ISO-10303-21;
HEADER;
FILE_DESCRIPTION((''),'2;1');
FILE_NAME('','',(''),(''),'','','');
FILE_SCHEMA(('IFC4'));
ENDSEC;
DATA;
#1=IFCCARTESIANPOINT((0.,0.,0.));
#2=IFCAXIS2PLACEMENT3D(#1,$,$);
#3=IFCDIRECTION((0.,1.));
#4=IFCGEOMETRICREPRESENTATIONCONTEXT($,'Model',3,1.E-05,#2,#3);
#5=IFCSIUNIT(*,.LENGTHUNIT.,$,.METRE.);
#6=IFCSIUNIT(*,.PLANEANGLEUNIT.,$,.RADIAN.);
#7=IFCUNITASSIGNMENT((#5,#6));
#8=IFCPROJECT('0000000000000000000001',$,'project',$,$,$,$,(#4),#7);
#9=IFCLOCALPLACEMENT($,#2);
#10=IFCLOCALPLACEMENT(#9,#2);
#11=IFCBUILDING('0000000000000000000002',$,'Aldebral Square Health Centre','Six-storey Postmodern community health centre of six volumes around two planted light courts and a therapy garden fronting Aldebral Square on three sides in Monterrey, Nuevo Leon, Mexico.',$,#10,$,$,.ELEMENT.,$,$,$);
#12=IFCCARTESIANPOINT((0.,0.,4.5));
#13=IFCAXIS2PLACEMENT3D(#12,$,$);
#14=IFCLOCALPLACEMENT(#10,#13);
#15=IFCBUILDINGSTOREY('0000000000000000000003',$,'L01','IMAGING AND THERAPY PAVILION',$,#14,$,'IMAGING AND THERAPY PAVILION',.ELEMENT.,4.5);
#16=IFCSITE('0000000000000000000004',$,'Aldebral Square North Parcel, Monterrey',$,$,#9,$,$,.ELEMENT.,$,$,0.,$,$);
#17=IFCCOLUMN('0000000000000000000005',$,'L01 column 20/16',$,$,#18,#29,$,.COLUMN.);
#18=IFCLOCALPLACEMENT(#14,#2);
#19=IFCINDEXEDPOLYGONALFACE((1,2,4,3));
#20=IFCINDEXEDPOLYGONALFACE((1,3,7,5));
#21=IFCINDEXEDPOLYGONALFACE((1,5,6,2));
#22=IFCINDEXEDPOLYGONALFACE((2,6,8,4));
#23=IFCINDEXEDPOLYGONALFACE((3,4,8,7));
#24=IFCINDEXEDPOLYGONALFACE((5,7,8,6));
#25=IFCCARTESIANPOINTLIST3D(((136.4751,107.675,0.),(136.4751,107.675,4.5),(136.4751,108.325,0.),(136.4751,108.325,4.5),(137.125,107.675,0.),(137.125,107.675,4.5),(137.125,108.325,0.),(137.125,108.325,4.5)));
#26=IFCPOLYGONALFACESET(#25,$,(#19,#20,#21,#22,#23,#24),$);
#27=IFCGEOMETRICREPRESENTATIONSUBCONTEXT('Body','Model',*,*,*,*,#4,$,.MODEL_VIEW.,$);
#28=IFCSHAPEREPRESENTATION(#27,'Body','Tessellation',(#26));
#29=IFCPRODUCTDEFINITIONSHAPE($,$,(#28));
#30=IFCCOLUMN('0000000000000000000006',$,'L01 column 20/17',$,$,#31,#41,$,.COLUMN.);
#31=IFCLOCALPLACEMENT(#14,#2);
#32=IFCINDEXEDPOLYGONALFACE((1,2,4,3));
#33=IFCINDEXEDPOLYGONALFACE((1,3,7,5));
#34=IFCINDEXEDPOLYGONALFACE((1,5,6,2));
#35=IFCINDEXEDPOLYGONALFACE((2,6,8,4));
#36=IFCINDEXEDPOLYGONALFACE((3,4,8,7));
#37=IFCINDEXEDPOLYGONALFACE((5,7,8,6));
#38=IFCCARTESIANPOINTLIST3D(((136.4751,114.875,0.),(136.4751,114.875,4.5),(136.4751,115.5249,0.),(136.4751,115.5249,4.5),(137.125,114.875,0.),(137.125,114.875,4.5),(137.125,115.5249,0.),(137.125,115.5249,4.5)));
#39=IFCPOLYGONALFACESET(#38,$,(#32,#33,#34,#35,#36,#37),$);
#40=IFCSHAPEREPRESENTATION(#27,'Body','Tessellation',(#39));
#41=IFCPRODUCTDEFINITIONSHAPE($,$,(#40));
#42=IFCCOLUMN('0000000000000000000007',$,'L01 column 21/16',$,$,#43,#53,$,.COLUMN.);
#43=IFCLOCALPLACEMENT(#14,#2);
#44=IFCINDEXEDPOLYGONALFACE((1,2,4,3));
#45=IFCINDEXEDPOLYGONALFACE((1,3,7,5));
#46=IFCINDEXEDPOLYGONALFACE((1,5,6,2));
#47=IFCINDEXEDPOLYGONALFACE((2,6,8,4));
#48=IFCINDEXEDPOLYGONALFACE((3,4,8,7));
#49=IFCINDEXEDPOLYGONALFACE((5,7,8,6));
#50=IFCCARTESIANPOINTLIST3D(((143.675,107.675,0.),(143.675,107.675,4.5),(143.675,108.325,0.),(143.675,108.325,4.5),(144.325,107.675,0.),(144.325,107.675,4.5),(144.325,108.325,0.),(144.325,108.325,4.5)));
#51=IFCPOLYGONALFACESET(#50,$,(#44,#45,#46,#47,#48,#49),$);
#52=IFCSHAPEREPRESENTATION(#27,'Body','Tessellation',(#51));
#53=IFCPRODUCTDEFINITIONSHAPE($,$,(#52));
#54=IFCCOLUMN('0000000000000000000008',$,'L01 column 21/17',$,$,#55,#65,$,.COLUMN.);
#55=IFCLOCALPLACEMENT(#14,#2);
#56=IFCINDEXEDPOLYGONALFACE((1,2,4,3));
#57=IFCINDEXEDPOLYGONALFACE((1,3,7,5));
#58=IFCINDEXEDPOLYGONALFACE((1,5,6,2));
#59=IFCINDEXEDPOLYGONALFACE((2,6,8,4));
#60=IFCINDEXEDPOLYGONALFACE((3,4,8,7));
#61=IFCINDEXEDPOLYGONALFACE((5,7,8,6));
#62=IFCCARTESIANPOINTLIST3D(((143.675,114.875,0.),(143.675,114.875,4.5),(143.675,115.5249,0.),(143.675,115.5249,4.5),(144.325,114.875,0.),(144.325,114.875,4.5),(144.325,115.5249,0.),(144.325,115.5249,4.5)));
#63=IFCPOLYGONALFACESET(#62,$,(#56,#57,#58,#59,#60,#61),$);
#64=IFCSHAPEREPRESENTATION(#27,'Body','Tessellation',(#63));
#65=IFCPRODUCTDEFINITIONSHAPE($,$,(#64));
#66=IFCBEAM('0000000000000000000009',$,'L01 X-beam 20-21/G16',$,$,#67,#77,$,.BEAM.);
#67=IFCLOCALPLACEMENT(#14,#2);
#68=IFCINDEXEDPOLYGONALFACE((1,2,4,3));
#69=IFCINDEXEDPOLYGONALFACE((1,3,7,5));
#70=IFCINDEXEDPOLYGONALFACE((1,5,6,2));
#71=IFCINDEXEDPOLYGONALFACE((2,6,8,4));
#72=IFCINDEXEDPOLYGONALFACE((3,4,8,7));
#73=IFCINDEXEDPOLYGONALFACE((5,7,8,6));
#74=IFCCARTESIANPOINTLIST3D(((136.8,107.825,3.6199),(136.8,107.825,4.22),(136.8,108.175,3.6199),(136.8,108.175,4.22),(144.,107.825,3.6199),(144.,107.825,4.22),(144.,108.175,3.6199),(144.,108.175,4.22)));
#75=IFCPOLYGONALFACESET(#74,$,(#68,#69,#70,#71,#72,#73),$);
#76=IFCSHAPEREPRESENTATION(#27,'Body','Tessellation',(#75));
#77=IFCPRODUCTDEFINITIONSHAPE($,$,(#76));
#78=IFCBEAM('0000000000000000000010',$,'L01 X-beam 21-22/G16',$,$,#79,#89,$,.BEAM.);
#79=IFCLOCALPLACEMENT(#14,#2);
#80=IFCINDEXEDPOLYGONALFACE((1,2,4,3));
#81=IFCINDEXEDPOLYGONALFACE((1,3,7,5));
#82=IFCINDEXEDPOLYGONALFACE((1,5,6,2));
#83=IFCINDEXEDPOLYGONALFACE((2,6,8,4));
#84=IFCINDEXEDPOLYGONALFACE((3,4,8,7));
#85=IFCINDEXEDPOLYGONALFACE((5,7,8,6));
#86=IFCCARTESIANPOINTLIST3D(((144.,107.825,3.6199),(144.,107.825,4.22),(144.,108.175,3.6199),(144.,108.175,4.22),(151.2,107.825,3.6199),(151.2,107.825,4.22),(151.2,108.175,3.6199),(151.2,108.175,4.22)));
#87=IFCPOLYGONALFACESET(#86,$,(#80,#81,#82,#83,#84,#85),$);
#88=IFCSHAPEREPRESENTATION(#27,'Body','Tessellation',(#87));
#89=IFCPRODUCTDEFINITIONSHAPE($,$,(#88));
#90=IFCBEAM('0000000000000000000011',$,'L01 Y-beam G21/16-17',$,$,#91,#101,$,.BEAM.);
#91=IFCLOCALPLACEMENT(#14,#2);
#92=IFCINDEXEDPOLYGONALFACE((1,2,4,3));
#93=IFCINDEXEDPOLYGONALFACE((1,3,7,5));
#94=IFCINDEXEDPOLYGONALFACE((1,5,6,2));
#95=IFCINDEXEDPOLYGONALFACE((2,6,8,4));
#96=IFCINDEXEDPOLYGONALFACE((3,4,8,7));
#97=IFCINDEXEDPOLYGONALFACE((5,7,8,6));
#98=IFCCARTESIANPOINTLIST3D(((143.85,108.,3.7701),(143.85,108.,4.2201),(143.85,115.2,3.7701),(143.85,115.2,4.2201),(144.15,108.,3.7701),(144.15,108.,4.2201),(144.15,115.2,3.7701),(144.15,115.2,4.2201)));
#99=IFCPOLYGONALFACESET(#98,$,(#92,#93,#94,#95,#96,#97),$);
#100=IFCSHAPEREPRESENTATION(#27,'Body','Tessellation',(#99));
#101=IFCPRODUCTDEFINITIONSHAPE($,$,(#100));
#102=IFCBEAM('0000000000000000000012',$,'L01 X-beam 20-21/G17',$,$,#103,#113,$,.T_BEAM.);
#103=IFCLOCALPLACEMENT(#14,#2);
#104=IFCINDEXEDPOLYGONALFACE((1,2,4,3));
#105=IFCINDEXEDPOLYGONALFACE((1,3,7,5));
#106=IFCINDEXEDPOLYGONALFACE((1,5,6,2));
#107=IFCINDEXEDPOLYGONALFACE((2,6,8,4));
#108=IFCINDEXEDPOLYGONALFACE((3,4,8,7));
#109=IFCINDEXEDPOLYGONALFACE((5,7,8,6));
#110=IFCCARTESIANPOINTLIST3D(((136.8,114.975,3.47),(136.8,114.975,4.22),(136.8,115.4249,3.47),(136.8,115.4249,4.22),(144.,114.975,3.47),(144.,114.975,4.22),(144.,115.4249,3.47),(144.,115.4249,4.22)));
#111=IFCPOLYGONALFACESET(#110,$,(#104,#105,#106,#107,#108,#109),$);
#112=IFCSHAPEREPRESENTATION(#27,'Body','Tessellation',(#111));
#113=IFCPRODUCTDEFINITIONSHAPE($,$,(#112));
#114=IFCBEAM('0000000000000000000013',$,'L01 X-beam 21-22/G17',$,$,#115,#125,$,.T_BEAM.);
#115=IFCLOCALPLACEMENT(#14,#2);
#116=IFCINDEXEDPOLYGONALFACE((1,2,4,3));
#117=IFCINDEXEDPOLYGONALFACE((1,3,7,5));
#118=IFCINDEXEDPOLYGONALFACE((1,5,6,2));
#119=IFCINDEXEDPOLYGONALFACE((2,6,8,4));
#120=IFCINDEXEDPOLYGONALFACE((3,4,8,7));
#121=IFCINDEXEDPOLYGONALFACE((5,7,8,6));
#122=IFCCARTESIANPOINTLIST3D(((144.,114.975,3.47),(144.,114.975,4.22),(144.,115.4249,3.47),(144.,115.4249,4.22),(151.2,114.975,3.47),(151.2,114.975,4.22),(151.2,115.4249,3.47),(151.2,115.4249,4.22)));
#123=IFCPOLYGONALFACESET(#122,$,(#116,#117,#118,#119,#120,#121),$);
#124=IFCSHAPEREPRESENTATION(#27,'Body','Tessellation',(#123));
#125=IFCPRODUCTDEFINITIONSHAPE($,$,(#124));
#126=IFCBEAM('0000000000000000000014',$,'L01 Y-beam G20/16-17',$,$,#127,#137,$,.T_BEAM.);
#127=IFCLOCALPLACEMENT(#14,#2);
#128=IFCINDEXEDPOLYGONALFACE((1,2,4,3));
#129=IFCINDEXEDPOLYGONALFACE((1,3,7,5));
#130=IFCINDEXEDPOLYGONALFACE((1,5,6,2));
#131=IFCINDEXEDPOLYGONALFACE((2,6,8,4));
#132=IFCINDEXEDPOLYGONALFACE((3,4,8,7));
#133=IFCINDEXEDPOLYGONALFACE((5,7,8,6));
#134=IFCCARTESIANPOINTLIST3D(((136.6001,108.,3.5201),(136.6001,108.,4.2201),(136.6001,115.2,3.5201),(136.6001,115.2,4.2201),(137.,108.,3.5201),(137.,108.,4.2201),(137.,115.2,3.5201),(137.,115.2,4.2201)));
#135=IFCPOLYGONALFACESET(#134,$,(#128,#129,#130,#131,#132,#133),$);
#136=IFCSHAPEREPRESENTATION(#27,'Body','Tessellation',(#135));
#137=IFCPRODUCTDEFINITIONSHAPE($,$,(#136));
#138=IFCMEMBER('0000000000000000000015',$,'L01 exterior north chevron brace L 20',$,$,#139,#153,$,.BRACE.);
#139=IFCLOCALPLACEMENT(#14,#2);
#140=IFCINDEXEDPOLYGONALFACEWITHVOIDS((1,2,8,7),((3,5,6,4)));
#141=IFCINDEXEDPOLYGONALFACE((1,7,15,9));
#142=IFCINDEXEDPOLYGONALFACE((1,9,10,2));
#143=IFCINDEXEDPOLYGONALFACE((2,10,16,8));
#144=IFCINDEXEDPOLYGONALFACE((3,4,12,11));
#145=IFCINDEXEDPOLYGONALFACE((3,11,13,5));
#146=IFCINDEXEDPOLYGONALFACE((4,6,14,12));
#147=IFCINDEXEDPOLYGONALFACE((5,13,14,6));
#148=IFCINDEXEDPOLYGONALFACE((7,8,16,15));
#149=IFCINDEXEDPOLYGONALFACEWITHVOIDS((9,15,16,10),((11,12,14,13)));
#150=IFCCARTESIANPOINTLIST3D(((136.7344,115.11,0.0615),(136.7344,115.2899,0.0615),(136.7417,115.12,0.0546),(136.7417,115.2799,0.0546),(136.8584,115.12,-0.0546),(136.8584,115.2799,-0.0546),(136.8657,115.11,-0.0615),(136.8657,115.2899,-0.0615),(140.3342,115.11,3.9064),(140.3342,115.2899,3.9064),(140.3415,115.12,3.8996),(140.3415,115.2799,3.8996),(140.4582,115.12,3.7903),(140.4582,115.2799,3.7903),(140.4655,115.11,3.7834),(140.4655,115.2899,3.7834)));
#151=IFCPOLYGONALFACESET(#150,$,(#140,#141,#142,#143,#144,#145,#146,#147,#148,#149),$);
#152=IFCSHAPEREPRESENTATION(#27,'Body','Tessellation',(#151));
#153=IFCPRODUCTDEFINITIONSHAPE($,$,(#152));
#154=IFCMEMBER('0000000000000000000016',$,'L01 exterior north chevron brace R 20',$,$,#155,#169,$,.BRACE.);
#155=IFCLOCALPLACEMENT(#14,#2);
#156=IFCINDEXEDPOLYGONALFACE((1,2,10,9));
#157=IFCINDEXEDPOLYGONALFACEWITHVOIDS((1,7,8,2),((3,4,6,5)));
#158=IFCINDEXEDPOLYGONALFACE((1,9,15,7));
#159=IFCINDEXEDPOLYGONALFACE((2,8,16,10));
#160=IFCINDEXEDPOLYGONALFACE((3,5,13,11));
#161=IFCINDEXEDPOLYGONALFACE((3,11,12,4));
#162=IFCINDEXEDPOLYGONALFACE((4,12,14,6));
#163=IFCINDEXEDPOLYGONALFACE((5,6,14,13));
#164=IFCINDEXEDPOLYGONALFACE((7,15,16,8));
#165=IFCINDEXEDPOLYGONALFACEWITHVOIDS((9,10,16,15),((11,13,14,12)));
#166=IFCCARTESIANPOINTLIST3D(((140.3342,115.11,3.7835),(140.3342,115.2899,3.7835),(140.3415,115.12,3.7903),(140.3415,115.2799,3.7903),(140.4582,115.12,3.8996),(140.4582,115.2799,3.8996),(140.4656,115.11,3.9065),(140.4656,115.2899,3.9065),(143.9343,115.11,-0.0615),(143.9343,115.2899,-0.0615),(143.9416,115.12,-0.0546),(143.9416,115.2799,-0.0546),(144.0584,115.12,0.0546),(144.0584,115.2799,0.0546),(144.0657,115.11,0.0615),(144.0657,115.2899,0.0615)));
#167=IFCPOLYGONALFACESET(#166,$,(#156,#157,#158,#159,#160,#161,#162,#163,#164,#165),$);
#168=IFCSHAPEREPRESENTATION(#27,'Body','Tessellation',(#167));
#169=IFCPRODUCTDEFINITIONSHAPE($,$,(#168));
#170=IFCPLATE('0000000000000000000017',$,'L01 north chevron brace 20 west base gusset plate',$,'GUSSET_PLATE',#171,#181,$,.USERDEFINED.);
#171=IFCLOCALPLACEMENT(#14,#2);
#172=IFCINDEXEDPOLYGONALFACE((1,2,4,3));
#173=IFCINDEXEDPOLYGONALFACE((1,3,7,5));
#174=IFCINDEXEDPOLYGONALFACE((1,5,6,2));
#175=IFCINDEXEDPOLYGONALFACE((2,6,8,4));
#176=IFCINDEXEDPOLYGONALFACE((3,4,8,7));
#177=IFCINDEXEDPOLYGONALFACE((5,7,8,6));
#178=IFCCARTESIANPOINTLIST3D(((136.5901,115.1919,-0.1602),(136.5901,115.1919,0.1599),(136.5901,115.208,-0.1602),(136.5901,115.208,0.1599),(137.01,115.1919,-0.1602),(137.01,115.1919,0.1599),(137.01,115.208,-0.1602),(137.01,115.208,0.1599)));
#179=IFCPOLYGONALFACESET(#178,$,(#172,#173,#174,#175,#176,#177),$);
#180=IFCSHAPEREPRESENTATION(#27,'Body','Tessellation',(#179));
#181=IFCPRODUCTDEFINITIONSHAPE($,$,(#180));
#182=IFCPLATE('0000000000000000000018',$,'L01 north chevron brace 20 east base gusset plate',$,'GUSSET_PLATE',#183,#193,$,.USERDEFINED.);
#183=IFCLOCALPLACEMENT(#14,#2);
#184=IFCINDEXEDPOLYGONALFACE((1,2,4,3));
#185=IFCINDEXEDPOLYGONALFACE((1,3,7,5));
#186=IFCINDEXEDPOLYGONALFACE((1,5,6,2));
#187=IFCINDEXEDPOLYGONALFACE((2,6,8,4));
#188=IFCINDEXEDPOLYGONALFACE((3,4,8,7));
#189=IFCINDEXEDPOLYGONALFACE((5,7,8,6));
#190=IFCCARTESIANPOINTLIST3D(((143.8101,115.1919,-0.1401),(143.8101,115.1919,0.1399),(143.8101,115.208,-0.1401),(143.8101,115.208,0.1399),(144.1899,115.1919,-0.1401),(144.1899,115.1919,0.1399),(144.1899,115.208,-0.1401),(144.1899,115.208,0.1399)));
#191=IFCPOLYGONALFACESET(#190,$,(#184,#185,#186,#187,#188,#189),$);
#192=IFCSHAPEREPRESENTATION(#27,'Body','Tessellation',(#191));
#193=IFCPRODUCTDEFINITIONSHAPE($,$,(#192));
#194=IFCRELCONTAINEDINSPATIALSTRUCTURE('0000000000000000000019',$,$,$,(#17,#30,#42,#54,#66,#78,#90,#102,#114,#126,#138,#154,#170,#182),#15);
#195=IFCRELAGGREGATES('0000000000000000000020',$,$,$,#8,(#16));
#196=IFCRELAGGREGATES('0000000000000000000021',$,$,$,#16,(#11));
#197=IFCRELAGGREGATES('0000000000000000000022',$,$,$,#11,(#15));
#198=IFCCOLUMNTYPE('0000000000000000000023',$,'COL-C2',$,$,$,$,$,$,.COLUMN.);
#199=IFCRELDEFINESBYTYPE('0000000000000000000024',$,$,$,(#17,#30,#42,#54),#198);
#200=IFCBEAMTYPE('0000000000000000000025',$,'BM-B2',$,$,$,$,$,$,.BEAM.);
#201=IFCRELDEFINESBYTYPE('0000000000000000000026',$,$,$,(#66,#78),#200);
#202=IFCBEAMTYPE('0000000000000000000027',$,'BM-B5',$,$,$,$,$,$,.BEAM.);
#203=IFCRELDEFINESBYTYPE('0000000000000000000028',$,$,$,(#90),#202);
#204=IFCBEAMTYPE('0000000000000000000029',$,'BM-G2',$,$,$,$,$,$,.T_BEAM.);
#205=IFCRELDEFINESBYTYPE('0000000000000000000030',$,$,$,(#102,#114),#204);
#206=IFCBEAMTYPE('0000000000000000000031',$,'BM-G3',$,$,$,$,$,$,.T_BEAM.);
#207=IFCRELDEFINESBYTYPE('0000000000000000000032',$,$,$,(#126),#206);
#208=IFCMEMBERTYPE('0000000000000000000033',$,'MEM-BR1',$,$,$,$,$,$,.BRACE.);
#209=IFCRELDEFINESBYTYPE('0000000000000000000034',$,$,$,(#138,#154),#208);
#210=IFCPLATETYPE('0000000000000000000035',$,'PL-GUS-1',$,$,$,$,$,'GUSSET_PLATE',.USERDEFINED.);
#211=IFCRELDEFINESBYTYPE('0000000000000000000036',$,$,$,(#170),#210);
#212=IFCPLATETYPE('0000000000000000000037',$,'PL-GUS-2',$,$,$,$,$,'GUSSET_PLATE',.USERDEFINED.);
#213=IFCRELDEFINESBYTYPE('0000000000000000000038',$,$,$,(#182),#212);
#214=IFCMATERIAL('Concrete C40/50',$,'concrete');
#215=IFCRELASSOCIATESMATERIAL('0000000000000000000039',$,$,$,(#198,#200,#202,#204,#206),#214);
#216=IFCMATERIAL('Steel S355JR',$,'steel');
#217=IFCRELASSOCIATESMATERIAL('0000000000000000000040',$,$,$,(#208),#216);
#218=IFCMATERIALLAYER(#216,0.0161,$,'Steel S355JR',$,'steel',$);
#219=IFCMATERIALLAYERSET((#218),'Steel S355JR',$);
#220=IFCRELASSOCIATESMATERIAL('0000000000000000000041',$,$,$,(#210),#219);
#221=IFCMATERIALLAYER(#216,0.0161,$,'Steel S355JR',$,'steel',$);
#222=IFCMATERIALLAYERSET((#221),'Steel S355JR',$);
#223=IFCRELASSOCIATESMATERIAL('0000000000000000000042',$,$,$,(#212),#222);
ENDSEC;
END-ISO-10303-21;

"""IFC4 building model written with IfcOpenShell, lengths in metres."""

from ifc_helpers import new_model, si_unit, direction, frame, origin, origin_2d, place, context, subcontext, project, spatial, rectangle, hollow_rectangle, extrude, material, layer, layer_set, material_profile, profile_set, type_object, element, save


model = new_model("IFC4")

# Units and contexts
model_context = context("Model", 3, precision=1e-05, world=origin(), true_north=direction((0.0, 1.0)))
body_context = subcontext(model_context, "Body", "Model", "MODEL_VIEW")
ifc_project = project(units=[si_unit("LENGTHUNIT", "METRE"), si_unit("PLANEANGLEUNIT", "RADIAN")], contexts=[model_context])

# Site, building, storey
site_placement = place(None, origin())
site = spatial("IfcSite", under=ifc_project, at=site_placement, Name="Aldebral Square North Parcel, Monterrey", CompositionType="ELEMENT", RefElevation=0.0)
building_placement = place(site_placement, origin())
building = spatial("IfcBuilding", under=site, at=building_placement, Name="Aldebral Square Health Centre", Description="Six-storey Postmodern community health centre of six volumes around two planted light courts and a therapy garden fronting Aldebral Square on three sides in Monterrey, Nuevo Leon, Mexico.", CompositionType="ELEMENT")
storey_placement = place(building_placement, frame((0.0, 0.0, 4.5)))
storey = spatial("IfcBuildingStorey", under=building, at=storey_placement, Name="L01", Description="IMAGING AND THERAPY PAVILION", LongName="IMAGING AND THERAPY PAVILION", CompositionType="ELEMENT", Elevation=4.5)

# Columns
ifc_material_1 = material(Name="Concrete C40/50", Category="concrete")
ifc_material_profile_1 = material_profile(ifc_material_1, rectangle(XDim=0.6499, YDim=0.6499, at=origin_2d()), Name="RC 650x650")
ifc_profile_set_1 = profile_set([ifc_material_profile_1], Name="Concrete C40/50")
column_type = type_object("IfcColumnType", Name="COL-C2", PredefinedType="COLUMN", material=ifc_profile_set_1)
for number, where, z_axis, x_axis, name in (
    (1, (136.8, 108.0, 0.0), (0.0, 0.0, 1.0), (1.0, 0.0, 0.0), "L01 column 20/16"),
    (2, (136.8, 115.2, 0.0), (0.0, 0.0, 1.0), (1.0, 0.0, 0.0), "L01 column 20/17"),
    (3, (144.0, 108.0, 0.0), (0.0, 0.0, 1.0), (1.0, 0.0, 0.0), "L01 column 21/16"),
    (4, (144.0, 115.2, 0.0), (0.0, 0.0, 1.0), (1.0, 0.0, 0.0), "L01 column 21/17"),
):
    element("IfcColumn", number, at=place(storey_placement, frame(where, z_axis=z_axis, x_axis=x_axis)), inside=storey, type_object=column_type, Name=name, PredefinedType="COLUMN", context=body_context, shape_type="SweptSolid", body=[
        extrude(rectangle(XDim=0.6499, YDim=0.6499, at=origin_2d()), origin(), (0.0, 0.0, 1.0), 4.5),
    ])

# Beams
ifc_material_profile_2 = material_profile(ifc_material_1, rectangle(XDim=0.3501, YDim=0.6001, at=origin_2d()), Name="RC 350x600")
ifc_profile_set_2 = profile_set([ifc_material_profile_2], Name="Concrete C40/50")
beam_type_1 = type_object("IfcBeamType", Name="BM-B2", PredefinedType="BEAM", material=ifc_profile_set_2)
for number, where, z_axis, x_axis, name in (
    (5, (136.8, 108.0, 3.9199), (1.0, 0.0, 0.0), (0.0, 1.0, 0.0), "L01 X-beam 20-21/G16"),
    (6, (144.0, 108.0, 3.9199), (1.0, 0.0, 0.0), (0.0, 1.0, 0.0), "L01 X-beam 21-22/G16"),
):
    element("IfcBeam", number, at=place(storey_placement, frame(where, z_axis=z_axis, x_axis=x_axis)), inside=storey, type_object=beam_type_1, Name=name, PredefinedType="BEAM", context=body_context, shape_type="SweptSolid", body=[
        extrude(rectangle(XDim=0.3501, YDim=0.6001, at=origin_2d()), origin(), (0.0, 0.0, 1.0), 7.2),
    ])
ifc_material_profile_3 = material_profile(ifc_material_1, rectangle(XDim=0.3, YDim=0.45, at=origin_2d()), Name="RC 300x450")
ifc_profile_set_3 = profile_set([ifc_material_profile_3], Name="Concrete C40/50")
beam_type_2 = type_object("IfcBeamType", Name="BM-B5", PredefinedType="BEAM", material=ifc_profile_set_3)
beam_1_placement = place(storey_placement, frame((144.0, 108.0, 3.9951), z_axis=(0.0, 1.0, 0.0), x_axis=(-1.0, 0.0, 0.0)))
element("IfcBeam", 7, at=beam_1_placement, inside=storey, type_object=beam_type_2, Name="L01 Y-beam G21/16-17", PredefinedType="BEAM", context=body_context, shape_type="SweptSolid", body=[
    extrude(rectangle(XDim=0.3, YDim=0.45, at=origin_2d()), origin(), (0.0, 0.0, 1.0), 7.2),
])
ifc_material_profile_4 = material_profile(ifc_material_1, rectangle(XDim=0.45, YDim=0.75, at=origin_2d()), Name="RC 450x750")
ifc_profile_set_4 = profile_set([ifc_material_profile_4], Name="Concrete C40/50")
beam_type_3 = type_object("IfcBeamType", Name="BM-G2", PredefinedType="T_BEAM", material=ifc_profile_set_4)
for number, where, z_axis, x_axis, name in (
    (8, (136.8, 115.2, 3.845), (1.0, 0.0, 0.0), (0.0, 1.0, 0.0), "L01 X-beam 20-21/G17"),
    (9, (144.0, 115.2, 3.845), (1.0, 0.0, 0.0), (0.0, 1.0, 0.0), "L01 X-beam 21-22/G17"),
):
    element("IfcBeam", number, at=place(storey_placement, frame(where, z_axis=z_axis, x_axis=x_axis)), inside=storey, type_object=beam_type_3, Name=name, PredefinedType="T_BEAM", context=body_context, shape_type="SweptSolid", body=[
        extrude(rectangle(XDim=0.45, YDim=0.75, at=origin_2d()), origin(), (0.0, 0.0, 1.0), 7.2),
    ])
ifc_material_profile_5 = material_profile(ifc_material_1, rectangle(XDim=0.3999, YDim=0.7, at=origin_2d()), Name="RC 400x700")
ifc_profile_set_5 = profile_set([ifc_material_profile_5], Name="Concrete C40/50")
beam_type_4 = type_object("IfcBeamType", Name="BM-G3", PredefinedType="T_BEAM", material=ifc_profile_set_5)
beam_2_placement = place(storey_placement, frame((136.8, 108.0, 3.8701), z_axis=(0.0, 1.0, 0.0), x_axis=(-1.0, 0.0, 0.0)))
element("IfcBeam", 10, at=beam_2_placement, inside=storey, type_object=beam_type_4, Name="L01 Y-beam G20/16-17", PredefinedType="T_BEAM", context=body_context, shape_type="SweptSolid", body=[
    extrude(rectangle(XDim=0.3999, YDim=0.7, at=origin_2d()), origin(), (0.0, 0.0, 1.0), 7.2),
])

# Members
ifc_material_2 = material(Name="Steel S355JR", Category="steel")
ifc_material_profile_6 = material_profile(ifc_material_2, hollow_rectangle(XDim=0.1799, YDim=0.1799, WallThickness=0.01, at=origin_2d()), Name="180x180x10 SHS")
ifc_profile_set_6 = profile_set([ifc_material_profile_6], Name="Steel S355JR")
member_type = type_object("IfcMemberType", Name="MEM-BR1", PredefinedType="BRACE", material=ifc_profile_set_6)
member_1_placement = place(storey_placement, frame((136.8, 115.2, 0.0), z_axis=(0.683455, 0.0, 0.729992), x_axis=(0.0, 1.0, 0.0)))
element("IfcMember", 11, at=member_1_placement, inside=storey, type_object=member_type, Name="L01 exterior north chevron brace L 20", PredefinedType="BRACE", context=body_context, shape_type="SweptSolid", body=[
    extrude(hollow_rectangle(XDim=0.1799, YDim=0.1799, WallThickness=0.01, at=origin_2d()), origin(), (0.0, 0.0, 1.0), 5.2671),
])
member_2_placement = place(storey_placement, frame((144.0, 115.2, 0.0), z_axis=(-0.68348, 0.0, 0.729969), x_axis=(0.0, -1.0, 0.0)))
element("IfcMember", 12, at=member_2_placement, inside=storey, type_object=member_type, Name="L01 exterior north chevron brace R 20", PredefinedType="BRACE", context=body_context, shape_type="SweptSolid", body=[
    extrude(hollow_rectangle(XDim=0.1799, YDim=0.1799, WallThickness=0.01, at=origin_2d()), origin(), (0.0, 0.0, 1.0), 5.2673),
])

# Plates
ifc_layer_1 = layer(ifc_material_2, 0.0161, Name="Steel S355JR", Category="steel")
ifc_layer_set_1 = layer_set([ifc_layer_1], Name="Steel S355JR")
plate_type_1 = type_object("IfcPlateType", Name="PL-GUS-1", ElementType="GUSSET_PLATE", PredefinedType="USERDEFINED", material=ifc_layer_set_1)
plate_1_placement = place(storey_placement, frame((136.8, 115.2, -0.1602), z_axis=(0.0, 0.0, 1.0), x_axis=(1.0, 0.0, 0.0)))
element("IfcPlate", 13, at=plate_1_placement, inside=storey, type_object=plate_type_1, Name="L01 north chevron brace 20 west base gusset plate", ObjectType="GUSSET_PLATE", PredefinedType="USERDEFINED", context=body_context, shape_type="SweptSolid", body=[
    extrude(rectangle(XDim=0.4199, YDim=0.0161, at=origin_2d()), origin(), (0.0, 0.0, 1.0), 0.3201),
])
ifc_layer_2 = layer(ifc_material_2, 0.0161, Name="Steel S355JR", Category="steel")
ifc_layer_set_2 = layer_set([ifc_layer_2], Name="Steel S355JR")
plate_type_2 = type_object("IfcPlateType", Name="PL-GUS-2", ElementType="GUSSET_PLATE", PredefinedType="USERDEFINED", material=ifc_layer_set_2)
plate_2_placement = place(storey_placement, frame((144.0, 115.2, -0.1401), z_axis=(0.0, 0.0, 1.0), x_axis=(1.0, 0.0, 0.0)))
element("IfcPlate", 14, at=plate_2_placement, inside=storey, type_object=plate_type_2, Name="L01 north chevron brace 20 east base gusset plate", ObjectType="GUSSET_PLATE", PredefinedType="USERDEFINED", context=body_context, shape_type="SweptSolid", body=[
    extrude(rectangle(XDim=0.3799, YDim=0.0161, at=origin_2d()), origin(), (0.0, 0.0, 1.0), 0.28),
])

save(model, "model.ifc")
